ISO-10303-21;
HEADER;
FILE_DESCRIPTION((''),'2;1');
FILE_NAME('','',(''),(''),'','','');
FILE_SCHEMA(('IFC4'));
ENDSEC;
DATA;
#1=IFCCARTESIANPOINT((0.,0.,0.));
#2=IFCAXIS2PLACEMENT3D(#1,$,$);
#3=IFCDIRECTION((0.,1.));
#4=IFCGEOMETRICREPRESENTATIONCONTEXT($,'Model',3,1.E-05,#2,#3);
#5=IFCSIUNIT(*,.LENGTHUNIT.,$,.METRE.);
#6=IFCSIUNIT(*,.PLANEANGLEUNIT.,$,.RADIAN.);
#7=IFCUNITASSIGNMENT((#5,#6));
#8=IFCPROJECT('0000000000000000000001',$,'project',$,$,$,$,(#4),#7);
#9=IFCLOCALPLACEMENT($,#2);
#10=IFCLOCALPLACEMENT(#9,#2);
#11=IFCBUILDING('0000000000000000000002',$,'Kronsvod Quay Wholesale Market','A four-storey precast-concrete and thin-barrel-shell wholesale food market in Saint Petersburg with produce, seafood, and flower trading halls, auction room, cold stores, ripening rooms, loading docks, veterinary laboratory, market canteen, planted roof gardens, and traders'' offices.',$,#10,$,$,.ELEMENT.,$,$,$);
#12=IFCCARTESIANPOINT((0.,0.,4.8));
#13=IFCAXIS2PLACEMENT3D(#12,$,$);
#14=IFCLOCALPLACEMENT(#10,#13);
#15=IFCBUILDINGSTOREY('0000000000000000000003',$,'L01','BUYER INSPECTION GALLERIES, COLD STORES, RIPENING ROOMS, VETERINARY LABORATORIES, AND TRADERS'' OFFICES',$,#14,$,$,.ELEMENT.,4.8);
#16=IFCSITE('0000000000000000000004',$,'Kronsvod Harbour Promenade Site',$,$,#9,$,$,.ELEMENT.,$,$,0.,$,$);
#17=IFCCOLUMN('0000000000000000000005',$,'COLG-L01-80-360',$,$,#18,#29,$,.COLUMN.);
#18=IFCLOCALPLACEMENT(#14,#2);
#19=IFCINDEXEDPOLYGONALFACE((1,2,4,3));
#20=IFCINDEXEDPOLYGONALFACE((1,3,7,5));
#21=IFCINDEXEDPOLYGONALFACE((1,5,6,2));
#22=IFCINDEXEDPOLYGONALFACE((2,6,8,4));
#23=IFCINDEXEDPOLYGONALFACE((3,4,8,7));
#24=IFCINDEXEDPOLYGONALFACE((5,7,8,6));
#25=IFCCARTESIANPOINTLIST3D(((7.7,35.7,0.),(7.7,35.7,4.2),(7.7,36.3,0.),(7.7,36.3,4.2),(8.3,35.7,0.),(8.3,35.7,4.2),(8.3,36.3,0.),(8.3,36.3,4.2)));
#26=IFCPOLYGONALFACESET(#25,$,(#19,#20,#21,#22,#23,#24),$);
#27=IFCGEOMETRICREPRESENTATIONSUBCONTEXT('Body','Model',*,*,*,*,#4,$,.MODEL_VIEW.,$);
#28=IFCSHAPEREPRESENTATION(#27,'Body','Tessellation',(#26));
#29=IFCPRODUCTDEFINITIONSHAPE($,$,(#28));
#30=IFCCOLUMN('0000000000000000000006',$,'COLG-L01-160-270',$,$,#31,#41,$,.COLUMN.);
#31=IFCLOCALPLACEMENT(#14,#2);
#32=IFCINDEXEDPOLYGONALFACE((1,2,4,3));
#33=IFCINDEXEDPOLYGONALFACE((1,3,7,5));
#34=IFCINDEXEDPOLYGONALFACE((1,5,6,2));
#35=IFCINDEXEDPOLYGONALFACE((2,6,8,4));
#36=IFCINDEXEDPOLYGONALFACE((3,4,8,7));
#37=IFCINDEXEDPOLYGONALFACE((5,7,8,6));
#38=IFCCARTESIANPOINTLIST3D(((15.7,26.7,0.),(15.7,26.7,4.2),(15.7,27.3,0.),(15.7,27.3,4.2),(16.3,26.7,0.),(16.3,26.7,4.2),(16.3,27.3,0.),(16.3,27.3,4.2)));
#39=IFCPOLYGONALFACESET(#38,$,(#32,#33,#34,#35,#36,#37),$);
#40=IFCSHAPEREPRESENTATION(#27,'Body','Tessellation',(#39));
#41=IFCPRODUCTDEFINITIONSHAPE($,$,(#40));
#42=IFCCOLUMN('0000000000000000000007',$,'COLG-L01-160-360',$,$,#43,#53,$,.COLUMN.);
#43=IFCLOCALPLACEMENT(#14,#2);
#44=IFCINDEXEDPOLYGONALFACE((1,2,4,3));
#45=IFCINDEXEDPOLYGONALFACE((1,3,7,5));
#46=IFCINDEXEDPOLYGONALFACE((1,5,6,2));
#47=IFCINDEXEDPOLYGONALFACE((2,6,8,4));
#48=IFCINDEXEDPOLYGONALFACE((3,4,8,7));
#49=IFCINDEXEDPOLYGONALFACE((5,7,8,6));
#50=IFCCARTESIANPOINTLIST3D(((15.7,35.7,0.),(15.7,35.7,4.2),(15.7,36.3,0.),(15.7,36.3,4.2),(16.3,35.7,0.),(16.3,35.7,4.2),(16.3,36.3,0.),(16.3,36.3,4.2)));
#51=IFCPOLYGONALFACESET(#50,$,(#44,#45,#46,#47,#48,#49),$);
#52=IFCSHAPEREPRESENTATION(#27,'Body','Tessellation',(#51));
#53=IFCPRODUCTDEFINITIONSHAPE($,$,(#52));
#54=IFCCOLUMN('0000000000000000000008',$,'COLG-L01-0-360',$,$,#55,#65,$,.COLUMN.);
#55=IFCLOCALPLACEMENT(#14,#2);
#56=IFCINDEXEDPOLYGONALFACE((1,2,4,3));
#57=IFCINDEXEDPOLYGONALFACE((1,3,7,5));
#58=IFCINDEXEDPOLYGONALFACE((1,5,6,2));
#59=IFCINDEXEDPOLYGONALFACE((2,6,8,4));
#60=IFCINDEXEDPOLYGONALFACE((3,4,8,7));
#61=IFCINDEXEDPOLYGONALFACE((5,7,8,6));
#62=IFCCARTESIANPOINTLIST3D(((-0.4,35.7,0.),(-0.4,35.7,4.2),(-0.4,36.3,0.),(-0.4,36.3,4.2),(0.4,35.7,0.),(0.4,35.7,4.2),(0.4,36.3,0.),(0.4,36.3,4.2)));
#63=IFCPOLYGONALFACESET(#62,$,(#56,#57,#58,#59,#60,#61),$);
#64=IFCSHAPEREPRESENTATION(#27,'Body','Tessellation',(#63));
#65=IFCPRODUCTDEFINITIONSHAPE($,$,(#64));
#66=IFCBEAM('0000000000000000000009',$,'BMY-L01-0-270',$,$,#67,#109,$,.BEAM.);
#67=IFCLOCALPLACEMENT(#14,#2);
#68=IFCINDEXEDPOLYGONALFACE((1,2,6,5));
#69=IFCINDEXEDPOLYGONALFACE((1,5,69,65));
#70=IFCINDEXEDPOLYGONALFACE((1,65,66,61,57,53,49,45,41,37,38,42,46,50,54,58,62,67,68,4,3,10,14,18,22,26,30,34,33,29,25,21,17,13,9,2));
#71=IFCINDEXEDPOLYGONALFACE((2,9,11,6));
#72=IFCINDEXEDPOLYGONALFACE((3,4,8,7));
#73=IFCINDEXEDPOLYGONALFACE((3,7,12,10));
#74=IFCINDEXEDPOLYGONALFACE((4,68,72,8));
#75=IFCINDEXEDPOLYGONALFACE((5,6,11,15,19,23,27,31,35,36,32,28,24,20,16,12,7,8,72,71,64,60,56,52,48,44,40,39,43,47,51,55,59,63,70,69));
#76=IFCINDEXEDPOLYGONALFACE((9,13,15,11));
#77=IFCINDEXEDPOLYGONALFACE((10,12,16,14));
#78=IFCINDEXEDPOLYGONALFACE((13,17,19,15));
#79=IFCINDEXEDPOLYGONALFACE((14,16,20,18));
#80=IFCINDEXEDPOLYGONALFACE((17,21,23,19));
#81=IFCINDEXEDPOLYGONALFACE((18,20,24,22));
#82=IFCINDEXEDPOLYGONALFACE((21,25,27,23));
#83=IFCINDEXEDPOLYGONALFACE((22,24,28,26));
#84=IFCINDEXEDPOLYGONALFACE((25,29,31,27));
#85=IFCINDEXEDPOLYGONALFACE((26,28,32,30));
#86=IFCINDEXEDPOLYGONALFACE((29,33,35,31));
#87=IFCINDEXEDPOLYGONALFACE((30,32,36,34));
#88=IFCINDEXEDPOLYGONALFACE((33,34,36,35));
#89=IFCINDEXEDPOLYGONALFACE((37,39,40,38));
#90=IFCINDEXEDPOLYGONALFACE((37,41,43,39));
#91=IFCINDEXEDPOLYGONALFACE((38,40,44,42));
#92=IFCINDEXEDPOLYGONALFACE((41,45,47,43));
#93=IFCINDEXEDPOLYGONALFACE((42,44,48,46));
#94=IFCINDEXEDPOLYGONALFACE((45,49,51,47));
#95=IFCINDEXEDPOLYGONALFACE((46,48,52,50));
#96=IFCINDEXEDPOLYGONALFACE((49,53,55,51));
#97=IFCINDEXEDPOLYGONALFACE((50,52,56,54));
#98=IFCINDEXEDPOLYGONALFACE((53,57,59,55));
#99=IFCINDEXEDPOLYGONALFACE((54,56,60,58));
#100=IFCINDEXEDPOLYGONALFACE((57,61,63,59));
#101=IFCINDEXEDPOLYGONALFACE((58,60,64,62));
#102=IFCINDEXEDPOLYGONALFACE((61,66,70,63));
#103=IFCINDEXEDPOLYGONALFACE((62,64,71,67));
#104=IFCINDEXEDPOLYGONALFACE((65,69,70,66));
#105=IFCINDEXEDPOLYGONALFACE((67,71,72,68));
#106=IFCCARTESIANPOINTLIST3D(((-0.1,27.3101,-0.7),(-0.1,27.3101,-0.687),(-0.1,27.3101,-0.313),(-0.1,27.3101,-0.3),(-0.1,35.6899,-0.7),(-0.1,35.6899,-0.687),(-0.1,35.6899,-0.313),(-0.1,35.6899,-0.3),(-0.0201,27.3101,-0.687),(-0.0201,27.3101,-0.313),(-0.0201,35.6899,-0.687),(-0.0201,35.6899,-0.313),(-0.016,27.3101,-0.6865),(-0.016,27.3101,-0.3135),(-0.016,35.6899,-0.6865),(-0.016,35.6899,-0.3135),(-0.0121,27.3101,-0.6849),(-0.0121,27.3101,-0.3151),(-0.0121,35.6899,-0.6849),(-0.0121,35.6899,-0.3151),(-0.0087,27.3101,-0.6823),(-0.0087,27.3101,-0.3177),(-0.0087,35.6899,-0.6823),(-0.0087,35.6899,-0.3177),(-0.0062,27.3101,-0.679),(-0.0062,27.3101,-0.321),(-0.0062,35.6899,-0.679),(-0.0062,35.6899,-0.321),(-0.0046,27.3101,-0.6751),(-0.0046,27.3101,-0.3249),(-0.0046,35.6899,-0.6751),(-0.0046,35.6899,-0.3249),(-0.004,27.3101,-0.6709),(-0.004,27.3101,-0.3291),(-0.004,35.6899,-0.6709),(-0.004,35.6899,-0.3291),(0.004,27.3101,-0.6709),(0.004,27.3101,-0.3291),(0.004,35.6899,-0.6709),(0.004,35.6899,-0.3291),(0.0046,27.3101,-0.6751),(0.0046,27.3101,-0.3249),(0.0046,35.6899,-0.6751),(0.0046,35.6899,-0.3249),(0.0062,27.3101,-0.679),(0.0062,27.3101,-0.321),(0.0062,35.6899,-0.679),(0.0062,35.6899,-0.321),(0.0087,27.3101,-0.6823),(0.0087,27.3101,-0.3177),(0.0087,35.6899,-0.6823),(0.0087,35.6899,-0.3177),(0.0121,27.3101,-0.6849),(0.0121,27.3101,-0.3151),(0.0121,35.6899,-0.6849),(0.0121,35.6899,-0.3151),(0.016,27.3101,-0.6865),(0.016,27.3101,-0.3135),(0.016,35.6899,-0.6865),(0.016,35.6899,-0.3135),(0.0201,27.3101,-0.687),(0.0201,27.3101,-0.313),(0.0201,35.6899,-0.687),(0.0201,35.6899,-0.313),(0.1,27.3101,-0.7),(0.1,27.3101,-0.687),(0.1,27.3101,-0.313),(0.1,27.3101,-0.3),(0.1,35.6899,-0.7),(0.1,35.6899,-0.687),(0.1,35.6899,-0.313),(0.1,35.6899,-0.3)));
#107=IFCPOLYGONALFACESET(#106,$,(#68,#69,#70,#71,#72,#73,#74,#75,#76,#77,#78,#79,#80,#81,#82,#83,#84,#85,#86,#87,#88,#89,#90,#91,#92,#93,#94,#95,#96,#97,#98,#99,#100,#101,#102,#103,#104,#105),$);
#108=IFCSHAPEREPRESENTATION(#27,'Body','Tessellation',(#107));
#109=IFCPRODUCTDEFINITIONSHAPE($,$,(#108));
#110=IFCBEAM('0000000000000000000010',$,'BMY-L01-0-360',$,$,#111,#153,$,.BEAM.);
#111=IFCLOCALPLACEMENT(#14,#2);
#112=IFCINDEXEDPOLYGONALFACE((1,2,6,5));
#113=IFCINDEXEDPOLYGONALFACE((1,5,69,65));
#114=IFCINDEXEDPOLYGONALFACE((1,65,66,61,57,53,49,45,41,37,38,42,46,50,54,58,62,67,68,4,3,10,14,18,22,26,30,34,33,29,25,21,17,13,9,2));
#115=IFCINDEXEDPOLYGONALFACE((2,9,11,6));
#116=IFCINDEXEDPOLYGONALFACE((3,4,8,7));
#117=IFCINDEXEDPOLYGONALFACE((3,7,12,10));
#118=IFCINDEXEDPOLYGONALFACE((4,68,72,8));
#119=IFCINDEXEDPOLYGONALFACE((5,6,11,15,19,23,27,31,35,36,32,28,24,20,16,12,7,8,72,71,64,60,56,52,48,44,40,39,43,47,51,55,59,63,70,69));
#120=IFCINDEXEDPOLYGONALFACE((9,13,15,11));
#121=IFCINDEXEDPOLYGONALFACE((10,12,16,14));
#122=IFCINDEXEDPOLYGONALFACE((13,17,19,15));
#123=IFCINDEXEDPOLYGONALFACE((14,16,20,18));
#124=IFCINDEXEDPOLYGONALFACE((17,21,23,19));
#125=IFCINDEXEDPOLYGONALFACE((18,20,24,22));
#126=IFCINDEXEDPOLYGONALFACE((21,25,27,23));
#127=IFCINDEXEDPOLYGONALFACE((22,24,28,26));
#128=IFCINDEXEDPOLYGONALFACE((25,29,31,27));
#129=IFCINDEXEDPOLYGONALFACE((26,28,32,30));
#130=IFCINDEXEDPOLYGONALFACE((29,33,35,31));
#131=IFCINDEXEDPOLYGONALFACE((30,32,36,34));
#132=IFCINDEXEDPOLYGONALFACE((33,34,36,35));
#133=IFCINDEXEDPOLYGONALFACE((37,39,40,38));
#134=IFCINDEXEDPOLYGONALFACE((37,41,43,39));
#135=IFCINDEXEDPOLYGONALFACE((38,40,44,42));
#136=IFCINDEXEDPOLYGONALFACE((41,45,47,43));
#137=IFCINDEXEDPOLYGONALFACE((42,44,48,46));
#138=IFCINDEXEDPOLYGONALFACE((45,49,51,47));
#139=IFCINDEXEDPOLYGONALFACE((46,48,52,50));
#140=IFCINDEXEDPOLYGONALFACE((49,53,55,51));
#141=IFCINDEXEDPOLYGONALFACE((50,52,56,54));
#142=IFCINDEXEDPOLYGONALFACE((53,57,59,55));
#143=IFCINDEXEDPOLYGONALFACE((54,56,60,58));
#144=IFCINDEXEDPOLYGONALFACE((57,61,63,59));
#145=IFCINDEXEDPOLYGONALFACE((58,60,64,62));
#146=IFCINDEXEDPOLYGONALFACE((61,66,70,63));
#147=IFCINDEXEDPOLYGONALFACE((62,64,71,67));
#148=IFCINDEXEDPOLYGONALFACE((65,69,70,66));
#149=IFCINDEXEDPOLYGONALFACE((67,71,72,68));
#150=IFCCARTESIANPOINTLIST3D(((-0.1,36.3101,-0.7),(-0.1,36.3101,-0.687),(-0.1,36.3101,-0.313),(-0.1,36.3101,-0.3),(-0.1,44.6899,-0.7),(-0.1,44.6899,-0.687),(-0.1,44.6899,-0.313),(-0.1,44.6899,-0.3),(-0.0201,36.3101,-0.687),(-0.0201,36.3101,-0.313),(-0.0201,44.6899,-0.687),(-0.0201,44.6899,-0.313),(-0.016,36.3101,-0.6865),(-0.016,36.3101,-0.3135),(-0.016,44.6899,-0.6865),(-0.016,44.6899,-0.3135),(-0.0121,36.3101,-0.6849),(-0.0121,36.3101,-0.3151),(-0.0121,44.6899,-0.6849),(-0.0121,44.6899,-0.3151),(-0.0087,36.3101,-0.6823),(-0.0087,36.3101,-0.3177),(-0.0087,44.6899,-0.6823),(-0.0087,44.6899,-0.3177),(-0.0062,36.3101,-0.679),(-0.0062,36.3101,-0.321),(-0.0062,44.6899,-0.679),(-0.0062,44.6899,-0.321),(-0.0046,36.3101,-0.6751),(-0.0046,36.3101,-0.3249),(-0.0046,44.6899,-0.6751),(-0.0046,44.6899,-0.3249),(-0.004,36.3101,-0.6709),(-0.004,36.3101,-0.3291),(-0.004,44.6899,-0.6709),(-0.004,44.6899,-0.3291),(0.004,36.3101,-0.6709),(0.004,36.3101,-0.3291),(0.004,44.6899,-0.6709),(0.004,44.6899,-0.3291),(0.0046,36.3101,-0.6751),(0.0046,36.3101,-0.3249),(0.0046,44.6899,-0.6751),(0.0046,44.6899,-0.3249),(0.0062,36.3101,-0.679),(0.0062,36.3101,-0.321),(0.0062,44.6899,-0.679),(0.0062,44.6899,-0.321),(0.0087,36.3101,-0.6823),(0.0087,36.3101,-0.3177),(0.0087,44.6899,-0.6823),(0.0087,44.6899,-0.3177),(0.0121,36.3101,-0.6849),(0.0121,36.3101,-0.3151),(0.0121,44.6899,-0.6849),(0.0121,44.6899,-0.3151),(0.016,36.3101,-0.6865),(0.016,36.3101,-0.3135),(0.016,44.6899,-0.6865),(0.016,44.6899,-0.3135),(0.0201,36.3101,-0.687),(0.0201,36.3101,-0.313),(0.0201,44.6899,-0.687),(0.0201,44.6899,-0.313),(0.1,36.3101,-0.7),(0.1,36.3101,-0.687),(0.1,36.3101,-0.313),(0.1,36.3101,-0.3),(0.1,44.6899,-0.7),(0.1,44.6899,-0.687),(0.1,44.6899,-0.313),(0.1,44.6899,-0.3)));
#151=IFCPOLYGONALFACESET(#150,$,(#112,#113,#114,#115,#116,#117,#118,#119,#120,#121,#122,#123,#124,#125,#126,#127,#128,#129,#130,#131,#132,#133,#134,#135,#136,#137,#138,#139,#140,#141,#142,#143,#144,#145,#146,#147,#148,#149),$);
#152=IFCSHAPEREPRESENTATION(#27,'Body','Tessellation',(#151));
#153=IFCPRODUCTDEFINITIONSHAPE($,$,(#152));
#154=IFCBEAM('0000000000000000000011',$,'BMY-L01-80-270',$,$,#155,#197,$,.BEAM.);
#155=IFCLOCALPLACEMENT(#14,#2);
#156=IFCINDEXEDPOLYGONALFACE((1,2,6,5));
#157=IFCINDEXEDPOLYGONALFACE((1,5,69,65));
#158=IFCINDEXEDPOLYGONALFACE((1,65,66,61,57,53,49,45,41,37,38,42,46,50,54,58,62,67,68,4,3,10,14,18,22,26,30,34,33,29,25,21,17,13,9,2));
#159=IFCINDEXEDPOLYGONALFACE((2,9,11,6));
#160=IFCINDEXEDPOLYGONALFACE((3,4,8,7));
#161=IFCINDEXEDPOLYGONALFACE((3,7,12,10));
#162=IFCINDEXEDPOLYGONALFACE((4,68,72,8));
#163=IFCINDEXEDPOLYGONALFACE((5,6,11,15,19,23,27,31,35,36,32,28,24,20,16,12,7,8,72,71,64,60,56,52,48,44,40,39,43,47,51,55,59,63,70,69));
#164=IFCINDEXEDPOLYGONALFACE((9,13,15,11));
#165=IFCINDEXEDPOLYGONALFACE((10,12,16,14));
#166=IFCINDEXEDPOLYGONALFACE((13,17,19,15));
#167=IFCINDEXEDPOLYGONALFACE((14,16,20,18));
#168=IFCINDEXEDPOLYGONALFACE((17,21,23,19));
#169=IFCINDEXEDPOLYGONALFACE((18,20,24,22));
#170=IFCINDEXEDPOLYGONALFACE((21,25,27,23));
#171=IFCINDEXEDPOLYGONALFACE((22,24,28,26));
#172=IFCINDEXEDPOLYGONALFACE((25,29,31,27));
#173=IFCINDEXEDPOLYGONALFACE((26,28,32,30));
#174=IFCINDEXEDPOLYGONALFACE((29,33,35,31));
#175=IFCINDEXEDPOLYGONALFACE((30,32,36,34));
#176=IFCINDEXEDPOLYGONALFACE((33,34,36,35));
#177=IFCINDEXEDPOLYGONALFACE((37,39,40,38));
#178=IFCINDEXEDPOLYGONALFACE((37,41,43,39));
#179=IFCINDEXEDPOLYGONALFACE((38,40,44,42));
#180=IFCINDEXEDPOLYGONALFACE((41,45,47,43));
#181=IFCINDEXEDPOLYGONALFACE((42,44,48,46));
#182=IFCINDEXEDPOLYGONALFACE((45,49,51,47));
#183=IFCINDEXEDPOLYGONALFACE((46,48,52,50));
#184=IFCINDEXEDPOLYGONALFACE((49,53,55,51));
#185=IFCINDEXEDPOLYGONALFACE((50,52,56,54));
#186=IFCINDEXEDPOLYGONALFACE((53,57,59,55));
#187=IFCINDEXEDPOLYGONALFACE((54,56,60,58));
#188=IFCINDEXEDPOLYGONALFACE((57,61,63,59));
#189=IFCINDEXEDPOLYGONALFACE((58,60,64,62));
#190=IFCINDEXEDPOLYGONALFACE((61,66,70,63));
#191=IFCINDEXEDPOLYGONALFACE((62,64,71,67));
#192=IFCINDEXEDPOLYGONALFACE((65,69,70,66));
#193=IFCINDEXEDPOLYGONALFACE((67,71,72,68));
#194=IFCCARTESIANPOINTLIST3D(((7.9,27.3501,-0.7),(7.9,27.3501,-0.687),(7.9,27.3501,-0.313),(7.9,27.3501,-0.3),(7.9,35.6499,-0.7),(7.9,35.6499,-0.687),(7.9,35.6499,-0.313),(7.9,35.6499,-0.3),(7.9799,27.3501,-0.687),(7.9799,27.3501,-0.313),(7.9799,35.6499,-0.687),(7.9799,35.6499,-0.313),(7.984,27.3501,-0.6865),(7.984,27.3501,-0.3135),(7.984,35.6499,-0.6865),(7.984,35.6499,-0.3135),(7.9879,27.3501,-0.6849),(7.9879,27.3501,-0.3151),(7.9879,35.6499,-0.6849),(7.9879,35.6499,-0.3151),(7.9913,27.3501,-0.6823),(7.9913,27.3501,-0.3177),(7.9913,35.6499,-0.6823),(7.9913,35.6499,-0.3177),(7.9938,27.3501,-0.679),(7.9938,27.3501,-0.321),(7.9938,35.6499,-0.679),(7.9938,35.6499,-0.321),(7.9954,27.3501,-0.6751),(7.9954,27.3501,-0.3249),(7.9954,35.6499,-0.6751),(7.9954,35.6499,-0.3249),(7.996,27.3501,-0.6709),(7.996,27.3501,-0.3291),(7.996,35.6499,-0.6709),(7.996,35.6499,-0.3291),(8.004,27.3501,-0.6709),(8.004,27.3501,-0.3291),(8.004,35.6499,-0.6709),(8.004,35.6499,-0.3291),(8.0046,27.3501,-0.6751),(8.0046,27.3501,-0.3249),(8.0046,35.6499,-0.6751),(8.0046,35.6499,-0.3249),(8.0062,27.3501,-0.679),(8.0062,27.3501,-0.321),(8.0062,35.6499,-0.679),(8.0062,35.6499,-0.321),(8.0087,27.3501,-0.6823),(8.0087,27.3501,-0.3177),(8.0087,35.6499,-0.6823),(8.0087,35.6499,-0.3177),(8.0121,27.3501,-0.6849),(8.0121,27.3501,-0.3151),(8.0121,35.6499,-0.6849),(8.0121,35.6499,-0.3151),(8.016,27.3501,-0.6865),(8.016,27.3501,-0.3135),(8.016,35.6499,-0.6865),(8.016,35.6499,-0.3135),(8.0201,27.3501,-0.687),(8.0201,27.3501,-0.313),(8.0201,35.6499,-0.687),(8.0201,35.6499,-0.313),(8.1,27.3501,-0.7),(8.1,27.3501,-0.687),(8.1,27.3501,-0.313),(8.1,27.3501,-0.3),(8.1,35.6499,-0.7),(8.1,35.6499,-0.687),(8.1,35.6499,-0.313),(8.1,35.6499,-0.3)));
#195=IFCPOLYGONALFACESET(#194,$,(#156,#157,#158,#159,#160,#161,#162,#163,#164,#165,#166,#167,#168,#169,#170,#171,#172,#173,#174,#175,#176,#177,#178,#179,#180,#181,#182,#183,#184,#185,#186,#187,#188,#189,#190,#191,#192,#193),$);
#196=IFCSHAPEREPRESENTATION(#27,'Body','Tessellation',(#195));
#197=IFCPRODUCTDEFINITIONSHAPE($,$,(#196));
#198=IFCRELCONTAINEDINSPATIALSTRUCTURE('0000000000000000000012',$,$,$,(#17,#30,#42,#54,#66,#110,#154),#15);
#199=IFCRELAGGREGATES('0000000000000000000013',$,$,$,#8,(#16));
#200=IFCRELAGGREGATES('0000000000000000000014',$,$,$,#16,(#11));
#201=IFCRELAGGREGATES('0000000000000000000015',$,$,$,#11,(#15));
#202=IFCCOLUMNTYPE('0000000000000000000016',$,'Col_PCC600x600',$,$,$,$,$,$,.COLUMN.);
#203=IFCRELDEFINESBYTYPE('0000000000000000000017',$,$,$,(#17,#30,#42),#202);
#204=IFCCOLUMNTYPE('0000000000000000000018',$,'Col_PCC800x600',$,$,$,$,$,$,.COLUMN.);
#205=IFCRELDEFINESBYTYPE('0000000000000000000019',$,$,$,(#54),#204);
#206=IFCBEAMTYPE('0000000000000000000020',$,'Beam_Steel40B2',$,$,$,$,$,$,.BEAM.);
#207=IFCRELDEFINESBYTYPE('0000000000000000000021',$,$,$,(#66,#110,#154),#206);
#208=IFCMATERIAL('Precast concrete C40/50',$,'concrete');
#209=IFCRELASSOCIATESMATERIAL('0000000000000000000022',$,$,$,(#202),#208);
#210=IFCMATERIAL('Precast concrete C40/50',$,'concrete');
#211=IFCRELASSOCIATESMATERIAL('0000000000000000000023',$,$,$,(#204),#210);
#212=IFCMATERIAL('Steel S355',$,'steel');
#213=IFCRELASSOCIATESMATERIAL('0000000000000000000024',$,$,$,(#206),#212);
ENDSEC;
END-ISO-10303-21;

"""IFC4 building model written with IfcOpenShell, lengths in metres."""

from ifc_helpers import new_model, si_unit, direction, frame, origin, origin_2d, place, context, subcontext, project, spatial, rectangle, i_section, extrude, material, material_profile, profile_set, type_object, element, save


model = new_model("IFC4")

# Units and contexts
model_context = context("Model", 3, precision=1e-05, world=origin(), true_north=direction((0.0, 1.0)))
body_context = subcontext(model_context, "Body", "Model", "MODEL_VIEW")
ifc_project = project(units=[si_unit("LENGTHUNIT", "METRE"), si_unit("PLANEANGLEUNIT", "RADIAN")], contexts=[model_context])

# Site, building, storey
site_placement = place(None, origin())
site = spatial("IfcSite", under=ifc_project, at=site_placement, Name="Kronsvod Harbour Promenade Site", CompositionType="ELEMENT", RefElevation=0.0)
building_placement = place(site_placement, origin())
building = spatial("IfcBuilding", under=site, at=building_placement, Name="Kronsvod Quay Wholesale Market", Description="A four-storey precast-concrete and thin-barrel-shell wholesale food market in Saint Petersburg with produce, seafood, and flower trading halls, auction room, cold stores, ripening rooms, loading docks, veterinary laboratory, market canteen, planted roof gardens, and traders' offices.", CompositionType="ELEMENT")
storey_placement = place(building_placement, frame((0.0, 0.0, 4.8)))
storey = spatial("IfcBuildingStorey", under=building, at=storey_placement, Name="L01", Description="BUYER INSPECTION GALLERIES, COLD STORES, RIPENING ROOMS, VETERINARY LABORATORIES, AND TRADERS' OFFICES", CompositionType="ELEMENT", Elevation=4.8)

# Columns
ifc_material_1 = material(Name="Precast concrete C40/50", Category="concrete")
ifc_material_profile_1 = material_profile(ifc_material_1, rectangle(XDim=0.6001, YDim=0.6001, at=origin_2d()), Name="PCC600x600")
ifc_profile_set_1 = profile_set([ifc_material_profile_1], Name="Precast concrete C40/50")
column_type_1 = type_object("IfcColumnType", Name="Col_PCC600x600", PredefinedType="COLUMN", material=ifc_profile_set_1)
for number, where, z_axis, x_axis, name in (
    (1, (8.0, 36.0, 0.0), (0.0, 0.0, 1.0), (1.0, 0.0, 0.0), "COLG-L01-80-360"),
    (2, (16.0, 27.0, 0.0), (0.0, 0.0, 1.0), (1.0, 0.0, 0.0), "COLG-L01-160-270"),
    (3, (16.0, 36.0, 0.0), (0.0, 0.0, 1.0), (1.0, 0.0, 0.0), "COLG-L01-160-360"),
):
    element("IfcColumn", number, at=place(storey_placement, frame(where, z_axis=z_axis, x_axis=x_axis)), inside=storey, type_object=column_type_1, Name=name, PredefinedType="COLUMN", context=body_context, shape_type="SweptSolid", body=[
        extrude(rectangle(XDim=0.6001, YDim=0.6001, at=origin_2d()), origin(), (0.0, 0.0, 1.0), 4.2),
    ])
ifc_material_2 = material(Name="Precast concrete C40/50", Category="concrete")
ifc_material_profile_2 = material_profile(ifc_material_2, rectangle(XDim=0.8, YDim=0.6001, at=origin_2d()), Name="PCC800x600")
ifc_profile_set_2 = profile_set([ifc_material_profile_2], Name="Precast concrete C40/50")
column_type_2 = type_object("IfcColumnType", Name="Col_PCC800x600", PredefinedType="COLUMN", material=ifc_profile_set_2)
column_placement = place(storey_placement, frame((0.0, 36.0, 0.0), z_axis=(0.0, 0.0, 1.0), x_axis=(1.0, 0.0, 0.0)))
element("IfcColumn", 4, at=column_placement, inside=storey, type_object=column_type_2, Name="COLG-L01-0-360", PredefinedType="COLUMN", context=body_context, shape_type="SweptSolid", body=[
    extrude(rectangle(XDim=0.8, YDim=0.6001, at=origin_2d()), origin(), (0.0, 0.0, 1.0), 4.2),
])

# Beams
ifc_material_3 = material(Name="Steel S355", Category="steel")
ifc_material_profile_3 = material_profile(ifc_material_3, i_section(OverallWidth=0.2, OverallDepth=0.3999, WebThickness=0.0081, FlangeThickness=0.0129, FilletRadius=0.0161, at=origin_2d()), Name="40B2")
ifc_profile_set_3 = profile_set([ifc_material_profile_3], Name="Steel S355")
beam_type_1 = type_object("IfcBeamType", Name="Beam_Steel40B2", PredefinedType="BEAM", material=ifc_profile_set_3)
for number, where, z_axis, x_axis, name in (
    (5, (0.0, 27.3101, -0.5), (0.0, 1.0, 0.0), (-1.0, 0.0, 0.0), "BMY-L01-0-270"),
    (6, (0.0, 36.3101, -0.5), (0.0, 1.0, 0.0), (-1.0, 0.0, 0.0), "BMY-L01-0-360"),
):
    element("IfcBeam", number, at=place(storey_placement, frame(where, z_axis=z_axis, x_axis=x_axis)), inside=storey, type_object=beam_type_1, Name=name, PredefinedType="BEAM", context=body_context, shape_type="SweptSolid", body=[
        extrude(i_section(OverallWidth=0.2, OverallDepth=0.3999, WebThickness=0.0081, FlangeThickness=0.0129, FilletRadius=0.0161, at=origin_2d()), origin(), (0.0, 0.0, 1.0), 8.3799),
    ])
for number, where, z_axis, x_axis, name in (
    (7, (8.0, 27.3501, -0.5), (0.0, 1.0, 0.0), (-1.0, 0.0, 0.0), "BMY-L01-80-270"),
):
    element("IfcBeam", number, at=place(storey_placement, frame(where, z_axis=z_axis, x_axis=x_axis)), inside=storey, type_object=beam_type_1, Name=name, PredefinedType="BEAM", context=body_context, shape_type="SweptSolid", body=[
        extrude(i_section(OverallWidth=0.2, OverallDepth=0.3999, WebThickness=0.0081, FlangeThickness=0.0129, FilletRadius=0.0161, at=origin_2d()), origin(), (0.0, 0.0, 1.0), 8.2998),
    ])

save(model, "model.ifc")
